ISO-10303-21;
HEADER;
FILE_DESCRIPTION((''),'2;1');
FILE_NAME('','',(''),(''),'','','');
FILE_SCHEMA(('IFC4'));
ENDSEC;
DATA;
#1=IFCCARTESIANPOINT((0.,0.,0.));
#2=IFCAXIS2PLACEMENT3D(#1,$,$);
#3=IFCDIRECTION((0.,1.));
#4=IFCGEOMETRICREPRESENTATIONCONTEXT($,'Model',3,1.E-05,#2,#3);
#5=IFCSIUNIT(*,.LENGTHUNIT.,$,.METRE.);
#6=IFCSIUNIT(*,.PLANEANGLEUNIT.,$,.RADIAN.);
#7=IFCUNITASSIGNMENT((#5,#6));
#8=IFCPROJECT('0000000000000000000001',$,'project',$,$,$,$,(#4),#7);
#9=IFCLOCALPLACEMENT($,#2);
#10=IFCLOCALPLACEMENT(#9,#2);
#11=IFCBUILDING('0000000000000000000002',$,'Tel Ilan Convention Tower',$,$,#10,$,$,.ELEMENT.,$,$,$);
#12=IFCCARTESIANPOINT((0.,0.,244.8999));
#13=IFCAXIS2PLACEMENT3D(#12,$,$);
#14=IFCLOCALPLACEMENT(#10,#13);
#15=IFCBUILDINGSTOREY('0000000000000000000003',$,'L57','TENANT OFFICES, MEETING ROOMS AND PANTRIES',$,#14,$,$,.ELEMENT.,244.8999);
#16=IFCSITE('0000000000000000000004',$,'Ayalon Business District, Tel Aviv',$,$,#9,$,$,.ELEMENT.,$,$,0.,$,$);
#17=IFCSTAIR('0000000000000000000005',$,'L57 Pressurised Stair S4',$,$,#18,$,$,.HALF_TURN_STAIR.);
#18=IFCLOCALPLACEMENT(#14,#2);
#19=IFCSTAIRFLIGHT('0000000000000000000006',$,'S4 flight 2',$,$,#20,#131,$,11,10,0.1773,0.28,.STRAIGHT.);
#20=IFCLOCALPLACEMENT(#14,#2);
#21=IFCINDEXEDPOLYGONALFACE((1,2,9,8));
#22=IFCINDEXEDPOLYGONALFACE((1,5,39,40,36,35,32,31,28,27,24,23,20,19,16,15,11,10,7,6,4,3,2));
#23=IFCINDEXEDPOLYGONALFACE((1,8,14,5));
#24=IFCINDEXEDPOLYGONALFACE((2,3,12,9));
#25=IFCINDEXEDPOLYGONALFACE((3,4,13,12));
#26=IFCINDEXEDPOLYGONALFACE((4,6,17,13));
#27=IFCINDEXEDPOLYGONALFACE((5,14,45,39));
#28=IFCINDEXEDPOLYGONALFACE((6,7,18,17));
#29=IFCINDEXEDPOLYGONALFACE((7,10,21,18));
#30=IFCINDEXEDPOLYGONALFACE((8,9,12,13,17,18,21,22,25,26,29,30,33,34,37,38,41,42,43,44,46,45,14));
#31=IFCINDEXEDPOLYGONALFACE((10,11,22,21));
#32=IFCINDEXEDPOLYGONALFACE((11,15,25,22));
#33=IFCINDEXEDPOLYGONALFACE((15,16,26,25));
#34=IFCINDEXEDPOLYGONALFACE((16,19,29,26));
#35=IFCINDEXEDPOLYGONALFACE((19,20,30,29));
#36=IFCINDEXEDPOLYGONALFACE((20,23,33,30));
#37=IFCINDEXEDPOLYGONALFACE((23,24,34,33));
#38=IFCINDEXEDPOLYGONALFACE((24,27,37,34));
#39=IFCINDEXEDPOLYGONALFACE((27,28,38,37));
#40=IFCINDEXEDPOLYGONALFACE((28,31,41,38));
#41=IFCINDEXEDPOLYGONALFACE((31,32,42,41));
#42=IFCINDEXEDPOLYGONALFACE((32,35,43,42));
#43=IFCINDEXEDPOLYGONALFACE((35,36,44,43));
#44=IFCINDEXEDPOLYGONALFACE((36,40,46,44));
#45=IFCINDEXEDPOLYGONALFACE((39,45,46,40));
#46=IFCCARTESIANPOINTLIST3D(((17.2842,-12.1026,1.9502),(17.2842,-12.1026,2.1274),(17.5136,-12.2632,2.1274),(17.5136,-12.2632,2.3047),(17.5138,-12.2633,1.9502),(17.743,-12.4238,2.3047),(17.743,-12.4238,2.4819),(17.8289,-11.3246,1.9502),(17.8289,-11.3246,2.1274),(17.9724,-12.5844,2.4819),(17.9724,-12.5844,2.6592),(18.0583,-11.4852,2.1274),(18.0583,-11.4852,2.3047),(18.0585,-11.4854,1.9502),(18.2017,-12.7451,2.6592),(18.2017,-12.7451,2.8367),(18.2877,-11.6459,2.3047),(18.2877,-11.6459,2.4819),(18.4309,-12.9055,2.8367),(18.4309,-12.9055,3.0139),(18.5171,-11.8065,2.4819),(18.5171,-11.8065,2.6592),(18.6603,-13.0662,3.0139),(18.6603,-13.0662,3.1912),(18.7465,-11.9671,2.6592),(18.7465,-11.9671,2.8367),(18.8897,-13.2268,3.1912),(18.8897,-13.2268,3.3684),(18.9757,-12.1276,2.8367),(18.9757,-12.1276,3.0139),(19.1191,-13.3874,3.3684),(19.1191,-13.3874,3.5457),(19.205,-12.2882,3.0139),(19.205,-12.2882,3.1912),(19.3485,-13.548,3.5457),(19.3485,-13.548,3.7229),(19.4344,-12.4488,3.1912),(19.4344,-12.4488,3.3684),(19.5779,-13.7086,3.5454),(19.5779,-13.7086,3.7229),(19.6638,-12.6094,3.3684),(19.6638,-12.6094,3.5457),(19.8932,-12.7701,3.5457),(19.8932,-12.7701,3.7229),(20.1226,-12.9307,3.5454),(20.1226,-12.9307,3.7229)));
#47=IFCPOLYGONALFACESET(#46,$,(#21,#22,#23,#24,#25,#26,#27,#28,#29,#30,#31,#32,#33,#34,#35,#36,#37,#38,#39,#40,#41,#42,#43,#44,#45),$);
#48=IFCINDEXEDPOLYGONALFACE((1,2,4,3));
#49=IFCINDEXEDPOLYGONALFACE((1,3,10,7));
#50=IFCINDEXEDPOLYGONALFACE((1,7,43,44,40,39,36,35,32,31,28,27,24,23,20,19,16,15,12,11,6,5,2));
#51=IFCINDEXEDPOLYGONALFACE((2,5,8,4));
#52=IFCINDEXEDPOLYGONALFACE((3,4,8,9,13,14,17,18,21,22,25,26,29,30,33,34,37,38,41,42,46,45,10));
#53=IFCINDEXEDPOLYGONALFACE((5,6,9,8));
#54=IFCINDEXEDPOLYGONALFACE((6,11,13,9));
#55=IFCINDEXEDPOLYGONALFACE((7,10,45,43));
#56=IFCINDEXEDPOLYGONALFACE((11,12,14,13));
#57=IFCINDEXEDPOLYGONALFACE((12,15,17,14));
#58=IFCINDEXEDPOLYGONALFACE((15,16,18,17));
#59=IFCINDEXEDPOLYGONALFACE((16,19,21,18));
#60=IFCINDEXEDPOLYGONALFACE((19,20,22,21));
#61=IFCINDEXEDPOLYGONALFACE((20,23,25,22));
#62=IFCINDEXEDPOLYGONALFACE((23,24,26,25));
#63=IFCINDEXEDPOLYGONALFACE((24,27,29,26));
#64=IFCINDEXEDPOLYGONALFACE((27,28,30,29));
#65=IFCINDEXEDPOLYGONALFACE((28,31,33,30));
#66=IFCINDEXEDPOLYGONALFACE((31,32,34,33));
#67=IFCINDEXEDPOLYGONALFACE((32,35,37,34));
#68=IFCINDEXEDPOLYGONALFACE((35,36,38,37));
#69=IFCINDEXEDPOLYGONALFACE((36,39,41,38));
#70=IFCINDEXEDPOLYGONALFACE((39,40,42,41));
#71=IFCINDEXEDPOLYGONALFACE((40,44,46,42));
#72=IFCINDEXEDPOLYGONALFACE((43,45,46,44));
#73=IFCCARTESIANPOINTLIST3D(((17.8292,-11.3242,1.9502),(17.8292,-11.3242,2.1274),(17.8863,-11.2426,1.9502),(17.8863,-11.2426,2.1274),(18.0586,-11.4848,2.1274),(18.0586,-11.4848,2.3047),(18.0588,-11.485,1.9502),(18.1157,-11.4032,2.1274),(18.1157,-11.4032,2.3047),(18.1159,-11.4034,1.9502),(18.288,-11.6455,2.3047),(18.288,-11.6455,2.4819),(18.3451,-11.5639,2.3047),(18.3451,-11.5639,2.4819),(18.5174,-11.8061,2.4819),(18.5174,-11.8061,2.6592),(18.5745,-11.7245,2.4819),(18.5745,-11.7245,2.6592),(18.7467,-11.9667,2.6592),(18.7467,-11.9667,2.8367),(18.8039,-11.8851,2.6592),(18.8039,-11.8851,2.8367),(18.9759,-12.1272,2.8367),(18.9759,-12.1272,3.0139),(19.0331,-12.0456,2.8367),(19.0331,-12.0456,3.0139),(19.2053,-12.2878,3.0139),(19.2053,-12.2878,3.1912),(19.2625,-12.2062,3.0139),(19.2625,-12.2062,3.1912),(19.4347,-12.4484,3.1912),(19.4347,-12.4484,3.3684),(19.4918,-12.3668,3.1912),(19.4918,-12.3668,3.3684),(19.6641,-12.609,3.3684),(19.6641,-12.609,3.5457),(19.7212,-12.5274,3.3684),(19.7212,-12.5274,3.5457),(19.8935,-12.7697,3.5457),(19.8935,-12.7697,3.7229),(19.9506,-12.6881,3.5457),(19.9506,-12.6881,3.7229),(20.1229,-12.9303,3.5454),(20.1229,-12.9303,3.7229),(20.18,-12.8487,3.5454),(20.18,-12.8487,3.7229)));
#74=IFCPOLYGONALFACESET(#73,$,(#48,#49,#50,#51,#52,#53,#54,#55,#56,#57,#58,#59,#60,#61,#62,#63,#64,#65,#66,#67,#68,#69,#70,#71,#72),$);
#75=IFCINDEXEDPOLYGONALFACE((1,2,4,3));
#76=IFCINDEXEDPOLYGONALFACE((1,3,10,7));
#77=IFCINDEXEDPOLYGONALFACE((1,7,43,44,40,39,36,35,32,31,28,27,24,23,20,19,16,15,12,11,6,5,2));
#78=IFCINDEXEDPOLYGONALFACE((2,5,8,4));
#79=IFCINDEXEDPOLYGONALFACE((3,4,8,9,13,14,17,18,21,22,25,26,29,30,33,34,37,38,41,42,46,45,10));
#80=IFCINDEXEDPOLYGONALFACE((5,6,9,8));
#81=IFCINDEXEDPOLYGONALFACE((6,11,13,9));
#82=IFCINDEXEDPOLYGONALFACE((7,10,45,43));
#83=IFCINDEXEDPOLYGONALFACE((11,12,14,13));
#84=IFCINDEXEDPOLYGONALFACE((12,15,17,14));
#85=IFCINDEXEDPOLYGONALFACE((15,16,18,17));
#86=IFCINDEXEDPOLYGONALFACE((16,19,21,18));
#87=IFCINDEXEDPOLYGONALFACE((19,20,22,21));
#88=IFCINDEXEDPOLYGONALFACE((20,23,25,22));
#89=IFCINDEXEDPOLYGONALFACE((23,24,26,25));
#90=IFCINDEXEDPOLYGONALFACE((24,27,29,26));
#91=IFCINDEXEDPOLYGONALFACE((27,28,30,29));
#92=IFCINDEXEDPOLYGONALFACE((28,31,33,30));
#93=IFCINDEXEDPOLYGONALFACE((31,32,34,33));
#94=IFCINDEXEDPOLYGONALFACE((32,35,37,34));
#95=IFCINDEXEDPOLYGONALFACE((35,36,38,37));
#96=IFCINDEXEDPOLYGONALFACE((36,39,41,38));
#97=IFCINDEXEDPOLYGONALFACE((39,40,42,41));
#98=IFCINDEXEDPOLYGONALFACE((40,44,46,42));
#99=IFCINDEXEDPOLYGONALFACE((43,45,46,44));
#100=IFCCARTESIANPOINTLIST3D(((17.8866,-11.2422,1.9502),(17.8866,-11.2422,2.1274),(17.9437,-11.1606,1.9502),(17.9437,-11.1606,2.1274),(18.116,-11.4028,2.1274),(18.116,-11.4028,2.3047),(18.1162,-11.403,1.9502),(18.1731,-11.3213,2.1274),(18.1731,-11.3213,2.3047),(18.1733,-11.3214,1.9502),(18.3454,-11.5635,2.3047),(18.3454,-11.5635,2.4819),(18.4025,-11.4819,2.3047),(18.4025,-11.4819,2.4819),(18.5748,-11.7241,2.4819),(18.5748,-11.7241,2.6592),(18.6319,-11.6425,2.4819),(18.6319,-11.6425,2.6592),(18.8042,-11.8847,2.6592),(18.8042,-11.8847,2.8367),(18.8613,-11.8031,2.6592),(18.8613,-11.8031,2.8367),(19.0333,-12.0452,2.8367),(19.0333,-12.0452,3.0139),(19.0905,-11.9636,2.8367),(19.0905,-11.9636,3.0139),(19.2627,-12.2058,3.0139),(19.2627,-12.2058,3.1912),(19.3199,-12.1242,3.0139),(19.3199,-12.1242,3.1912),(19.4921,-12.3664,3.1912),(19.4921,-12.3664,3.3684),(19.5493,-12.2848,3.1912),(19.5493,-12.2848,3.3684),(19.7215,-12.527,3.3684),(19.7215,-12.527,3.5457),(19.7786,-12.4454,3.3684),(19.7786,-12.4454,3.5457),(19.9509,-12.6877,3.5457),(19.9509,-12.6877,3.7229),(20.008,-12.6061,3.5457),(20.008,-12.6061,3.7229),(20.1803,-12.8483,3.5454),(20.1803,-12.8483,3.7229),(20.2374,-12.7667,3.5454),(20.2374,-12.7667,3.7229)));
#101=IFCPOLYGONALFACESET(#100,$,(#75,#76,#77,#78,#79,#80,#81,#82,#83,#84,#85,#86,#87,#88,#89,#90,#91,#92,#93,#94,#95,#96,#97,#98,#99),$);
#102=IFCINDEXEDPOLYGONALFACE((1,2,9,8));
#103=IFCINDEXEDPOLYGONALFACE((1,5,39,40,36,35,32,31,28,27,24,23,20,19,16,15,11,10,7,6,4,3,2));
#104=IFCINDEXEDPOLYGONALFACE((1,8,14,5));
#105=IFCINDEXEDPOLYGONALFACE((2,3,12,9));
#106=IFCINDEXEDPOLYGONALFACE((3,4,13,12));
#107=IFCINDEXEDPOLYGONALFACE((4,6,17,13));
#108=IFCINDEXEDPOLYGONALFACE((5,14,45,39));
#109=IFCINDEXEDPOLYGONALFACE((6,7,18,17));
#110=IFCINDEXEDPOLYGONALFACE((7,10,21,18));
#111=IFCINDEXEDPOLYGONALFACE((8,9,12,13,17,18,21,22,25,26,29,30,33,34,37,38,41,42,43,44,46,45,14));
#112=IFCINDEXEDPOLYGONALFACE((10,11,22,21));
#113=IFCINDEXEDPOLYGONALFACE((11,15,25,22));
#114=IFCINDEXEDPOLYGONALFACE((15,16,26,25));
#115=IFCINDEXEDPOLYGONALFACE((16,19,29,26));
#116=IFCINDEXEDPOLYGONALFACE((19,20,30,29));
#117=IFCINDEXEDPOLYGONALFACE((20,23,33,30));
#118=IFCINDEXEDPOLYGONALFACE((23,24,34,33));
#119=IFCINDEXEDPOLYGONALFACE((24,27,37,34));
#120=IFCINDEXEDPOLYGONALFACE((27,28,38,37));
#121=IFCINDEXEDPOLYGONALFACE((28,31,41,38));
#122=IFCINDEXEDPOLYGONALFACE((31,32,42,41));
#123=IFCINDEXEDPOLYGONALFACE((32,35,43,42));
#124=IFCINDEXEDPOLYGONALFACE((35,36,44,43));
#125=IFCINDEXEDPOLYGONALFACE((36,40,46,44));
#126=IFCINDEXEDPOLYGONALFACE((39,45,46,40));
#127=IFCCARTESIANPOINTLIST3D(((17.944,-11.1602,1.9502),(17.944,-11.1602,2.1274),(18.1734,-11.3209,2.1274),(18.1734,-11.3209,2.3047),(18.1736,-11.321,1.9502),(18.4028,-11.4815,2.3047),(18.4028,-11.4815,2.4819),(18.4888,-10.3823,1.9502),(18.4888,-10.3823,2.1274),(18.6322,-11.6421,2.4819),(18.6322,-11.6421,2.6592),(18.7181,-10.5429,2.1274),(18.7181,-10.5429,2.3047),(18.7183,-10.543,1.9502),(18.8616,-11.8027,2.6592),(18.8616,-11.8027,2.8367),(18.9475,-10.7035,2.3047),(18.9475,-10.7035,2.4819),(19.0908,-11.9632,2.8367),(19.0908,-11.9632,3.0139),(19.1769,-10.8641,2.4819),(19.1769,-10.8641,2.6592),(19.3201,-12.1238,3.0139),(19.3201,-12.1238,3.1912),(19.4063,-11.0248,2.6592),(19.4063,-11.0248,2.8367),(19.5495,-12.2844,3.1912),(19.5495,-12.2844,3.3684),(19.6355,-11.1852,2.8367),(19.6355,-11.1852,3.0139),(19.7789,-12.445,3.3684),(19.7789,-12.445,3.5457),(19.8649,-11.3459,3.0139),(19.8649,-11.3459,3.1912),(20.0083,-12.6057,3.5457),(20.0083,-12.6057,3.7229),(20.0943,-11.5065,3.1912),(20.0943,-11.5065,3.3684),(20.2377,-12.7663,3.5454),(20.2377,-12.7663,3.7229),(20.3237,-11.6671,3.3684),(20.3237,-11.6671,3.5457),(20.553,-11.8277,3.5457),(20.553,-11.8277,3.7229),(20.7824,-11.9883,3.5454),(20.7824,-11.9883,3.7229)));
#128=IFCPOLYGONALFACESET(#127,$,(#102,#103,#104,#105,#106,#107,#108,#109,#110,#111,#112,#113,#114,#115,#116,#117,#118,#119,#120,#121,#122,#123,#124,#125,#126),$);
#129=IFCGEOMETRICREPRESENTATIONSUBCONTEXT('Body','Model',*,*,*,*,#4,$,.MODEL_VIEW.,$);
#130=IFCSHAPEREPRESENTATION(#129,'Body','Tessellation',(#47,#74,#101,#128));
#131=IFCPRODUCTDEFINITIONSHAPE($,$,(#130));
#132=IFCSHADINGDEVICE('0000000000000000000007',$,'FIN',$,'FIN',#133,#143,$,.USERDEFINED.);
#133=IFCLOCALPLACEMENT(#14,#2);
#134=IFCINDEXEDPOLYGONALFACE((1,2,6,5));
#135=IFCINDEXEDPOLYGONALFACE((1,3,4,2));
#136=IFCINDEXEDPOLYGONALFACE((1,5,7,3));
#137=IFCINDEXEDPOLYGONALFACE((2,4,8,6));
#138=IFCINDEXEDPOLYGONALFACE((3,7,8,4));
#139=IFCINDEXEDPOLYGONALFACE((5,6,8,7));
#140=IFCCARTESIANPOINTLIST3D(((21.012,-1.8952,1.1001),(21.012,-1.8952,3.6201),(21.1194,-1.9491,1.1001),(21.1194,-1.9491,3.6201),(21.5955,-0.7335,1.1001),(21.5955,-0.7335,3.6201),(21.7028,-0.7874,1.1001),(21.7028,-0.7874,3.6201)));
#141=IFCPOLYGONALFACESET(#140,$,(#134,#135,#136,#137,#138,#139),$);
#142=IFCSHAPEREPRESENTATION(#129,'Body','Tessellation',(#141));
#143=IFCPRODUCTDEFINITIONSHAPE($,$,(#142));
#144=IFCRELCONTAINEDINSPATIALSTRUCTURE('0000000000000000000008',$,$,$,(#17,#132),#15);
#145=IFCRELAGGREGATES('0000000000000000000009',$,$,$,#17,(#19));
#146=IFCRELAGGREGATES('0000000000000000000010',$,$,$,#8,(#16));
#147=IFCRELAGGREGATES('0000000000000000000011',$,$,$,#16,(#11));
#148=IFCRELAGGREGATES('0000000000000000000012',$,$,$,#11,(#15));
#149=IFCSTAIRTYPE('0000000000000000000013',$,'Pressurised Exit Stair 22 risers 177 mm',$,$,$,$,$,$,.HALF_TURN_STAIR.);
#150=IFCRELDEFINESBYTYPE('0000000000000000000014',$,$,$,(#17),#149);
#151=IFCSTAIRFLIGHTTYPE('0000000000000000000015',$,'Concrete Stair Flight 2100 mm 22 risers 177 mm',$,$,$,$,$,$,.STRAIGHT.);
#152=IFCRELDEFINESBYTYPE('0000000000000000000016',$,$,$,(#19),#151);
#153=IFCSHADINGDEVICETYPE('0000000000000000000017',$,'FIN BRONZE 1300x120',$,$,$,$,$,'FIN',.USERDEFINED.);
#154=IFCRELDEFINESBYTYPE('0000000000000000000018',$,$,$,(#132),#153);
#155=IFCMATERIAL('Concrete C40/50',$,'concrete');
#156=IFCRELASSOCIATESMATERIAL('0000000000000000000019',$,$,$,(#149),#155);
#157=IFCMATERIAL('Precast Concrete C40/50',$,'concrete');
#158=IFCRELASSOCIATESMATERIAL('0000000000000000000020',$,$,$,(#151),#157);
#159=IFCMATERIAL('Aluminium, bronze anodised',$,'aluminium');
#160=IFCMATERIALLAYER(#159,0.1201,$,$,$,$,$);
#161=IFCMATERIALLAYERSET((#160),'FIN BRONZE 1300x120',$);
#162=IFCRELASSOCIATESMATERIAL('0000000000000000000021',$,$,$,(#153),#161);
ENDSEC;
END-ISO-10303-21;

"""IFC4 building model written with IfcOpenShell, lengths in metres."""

from ifc_helpers import new_model, si_unit, direction, frame, origin, origin_2d, place, context, subcontext, project, spatial, polyline, rectangle, outline, extrude, material, layer, layer_set, type_object, element, aggregate, save


model = new_model("IFC4")

# Units and contexts
model_context = context("Model", 3, precision=1e-05, world=origin(), true_north=direction((0.0, 1.0)))
body_context = subcontext(model_context, "Body", "Model", "MODEL_VIEW")
ifc_project = project(units=[si_unit("LENGTHUNIT", "METRE"), si_unit("PLANEANGLEUNIT", "RADIAN")], contexts=[model_context])

# Site, building, storey
site_placement = place(None, origin())
site = spatial("IfcSite", under=ifc_project, at=site_placement, Name="Ayalon Business District, Tel Aviv", CompositionType="ELEMENT", RefElevation=0.0)
building_placement = place(site_placement, origin())
building = spatial("IfcBuilding", under=site, at=building_placement, Name="Tel Ilan Convention Tower", CompositionType="ELEMENT")
storey_placement = place(building_placement, frame((0.0, 0.0, 244.8999)))
storey = spatial("IfcBuildingStorey", under=building, at=storey_placement, Name="L57", Description="TENANT OFFICES, MEETING ROOMS AND PANTRIES", CompositionType="ELEMENT", Elevation=244.8999)

# Shared definitions
ifc_material_1 = material(Name="Concrete C40/50", Category="concrete")
stair_type = type_object("IfcStairType", Name="Pressurised Exit Stair 22 risers 177 mm", PredefinedType="HALF_TURN_STAIR", material=ifc_material_1)
ifc_material_2 = material(Name="Precast Concrete C40/50", Category="concrete")
stair_flight_type = type_object("IfcStairFlightType", Name="Concrete Stair Flight 2100 mm 22 risers 177 mm", PredefinedType="STRAIGHT", material=ifc_material_2)

# Stair, stair flight
stair_1_placement = place(storey_placement, origin())
stair_1 = element("IfcStair", 1, at=stair_1_placement, inside=storey, type_object=stair_type, Name="L57 Pressurised Stair S4", PredefinedType="HALF_TURN_STAIR")
stair_flight_1_placement = place(storey_placement, frame((17.8865, -11.2424, 1.9502), z_axis=(0.0, 0.0, 1.0), x_axis=(0.819152, -0.573576, 0.0)))
stair_flight_1 = element("IfcStairFlight", 2, at=stair_flight_1_placement, type_object=stair_flight_type, Name="S4 flight 2", NumberOfRisers=11, NumberOfTreads=10, PredefinedType="STRAIGHT", RiserHeight=0.1773, TreadLength=0.28, context=body_context, shape_type="SweptSolid", body=[
    extrude(outline(polyline([(0.0, 0.0), (0.0, 0.1772), (0.28, 0.1772), (0.28, 0.3545), (0.5601, 0.3545), (0.5601, 0.5317), (0.8401, 0.5317), (0.8401, 0.709), (1.1201, 0.709), (1.1201, 0.8865), (1.3999, 0.8865), (1.3999, 1.0637), (1.6799, 1.0637), (1.6799, 1.241), (1.96, 1.241), (1.96, 1.4182), (2.24, 1.4182), (2.24, 1.5955), (2.52, 1.5955), (2.52, 1.7727), (2.8, 1.7727), (2.8, 1.95), (2.8, 1.5952), (0.2803, 0.0), (0.0, 0.0)])), frame((0.0, -0.1003, 0.0), z_axis=(0.0, -1.0, 0.0), x_axis=(1.0, 0.0, 0.0)), (0.0, 0.0, 1.0), 0.9497),
    extrude(outline(polyline([(0.0, 0.0), (0.0, 0.1772), (0.28, 0.1772), (0.28, 0.3545), (0.5601, 0.3545), (0.5601, 0.5317), (0.8401, 0.5317), (0.8401, 0.709), (1.1201, 0.709), (1.1201, 0.8865), (1.3999, 0.8865), (1.3999, 1.0637), (1.6799, 1.0637), (1.6799, 1.241), (1.96, 1.241), (1.96, 1.4182), (2.24, 1.4182), (2.24, 1.5955), (2.52, 1.5955), (2.52, 1.7727), (2.8, 1.7727), (2.8, 1.95), (2.8, 1.5952), (0.2803, 0.0), (0.0, 0.0)])), frame((0.0, -0.0002, 0.0), z_axis=(0.0, -1.0, 0.0), x_axis=(1.0, 0.0, 0.0)), (0.0, 0.0, 1.0), 0.0996),
    extrude(outline(polyline([(0.0, 0.0), (0.0, 0.1772), (0.28, 0.1772), (0.28, 0.3545), (0.5601, 0.3545), (0.5601, 0.5317), (0.8401, 0.5317), (0.8401, 0.709), (1.1201, 0.709), (1.1201, 0.8865), (1.3999, 0.8865), (1.3999, 1.0637), (1.6799, 1.0637), (1.6799, 1.241), (1.96, 1.241), (1.96, 1.4182), (2.24, 1.4182), (2.24, 1.5955), (2.52, 1.5955), (2.52, 1.7727), (2.8, 1.7727), (2.8, 1.95), (2.8, 1.5952), (0.2803, 0.0), (0.0, 0.0)])), frame((0.0, 0.0999, 0.0), z_axis=(0.0, -1.0, 0.0), x_axis=(1.0, 0.0, 0.0)), (0.0, 0.0, 1.0), 0.0996),
    extrude(outline(polyline([(0.0, 0.0), (0.0, 0.1772), (0.28, 0.1772), (0.28, 0.3545), (0.5601, 0.3545), (0.5601, 0.5317), (0.8401, 0.5317), (0.8401, 0.709), (1.1201, 0.709), (1.1201, 0.8865), (1.3999, 0.8865), (1.3999, 1.0637), (1.6799, 1.0637), (1.6799, 1.241), (1.96, 1.241), (1.96, 1.4182), (2.24, 1.4182), (2.24, 1.5955), (2.52, 1.5955), (2.52, 1.7727), (2.8, 1.7727), (2.8, 1.95), (2.8, 1.5952), (0.2803, 0.0), (0.0, 0.0)])), frame((0.0, 1.05, 0.0), z_axis=(0.0, -1.0, 0.0), x_axis=(1.0, 0.0, 0.0)), (0.0, 0.0, 1.0), 0.9497),
])
aggregate(stair_1, [stair_flight_1])

# Shading device
ifc_material_3 = material(Name="Aluminium, bronze anodised", Category="aluminium")
ifc_layer_1 = layer(ifc_material_3, 0.1201)
ifc_layer_set_1 = layer_set([ifc_layer_1], Name="FIN BRONZE 1300x120")
shading_device_type = type_object("IfcShadingDeviceType", Name="FIN BRONZE 1300x120", ElementType="FIN", PredefinedType="USERDEFINED", material=ifc_layer_set_1)
shading_device_placement = place(storey_placement, frame((21.3574, -1.3413, 1.1001), z_axis=(0.0, 0.0, 1.0), x_axis=(0.448799, 0.893633, 0.0)))
element("IfcShadingDevice", 3, at=shading_device_placement, inside=storey, type_object=shading_device_type, Name="FIN", ObjectType="FIN", PredefinedType="USERDEFINED", context=body_context, shape_type="SweptSolid", body=[
    extrude(rectangle(XDim=1.3, YDim=0.1201, at=origin_2d()), origin(), (0.0, 0.0, 1.0), 2.52),
])

save(model, "model.ifc")
